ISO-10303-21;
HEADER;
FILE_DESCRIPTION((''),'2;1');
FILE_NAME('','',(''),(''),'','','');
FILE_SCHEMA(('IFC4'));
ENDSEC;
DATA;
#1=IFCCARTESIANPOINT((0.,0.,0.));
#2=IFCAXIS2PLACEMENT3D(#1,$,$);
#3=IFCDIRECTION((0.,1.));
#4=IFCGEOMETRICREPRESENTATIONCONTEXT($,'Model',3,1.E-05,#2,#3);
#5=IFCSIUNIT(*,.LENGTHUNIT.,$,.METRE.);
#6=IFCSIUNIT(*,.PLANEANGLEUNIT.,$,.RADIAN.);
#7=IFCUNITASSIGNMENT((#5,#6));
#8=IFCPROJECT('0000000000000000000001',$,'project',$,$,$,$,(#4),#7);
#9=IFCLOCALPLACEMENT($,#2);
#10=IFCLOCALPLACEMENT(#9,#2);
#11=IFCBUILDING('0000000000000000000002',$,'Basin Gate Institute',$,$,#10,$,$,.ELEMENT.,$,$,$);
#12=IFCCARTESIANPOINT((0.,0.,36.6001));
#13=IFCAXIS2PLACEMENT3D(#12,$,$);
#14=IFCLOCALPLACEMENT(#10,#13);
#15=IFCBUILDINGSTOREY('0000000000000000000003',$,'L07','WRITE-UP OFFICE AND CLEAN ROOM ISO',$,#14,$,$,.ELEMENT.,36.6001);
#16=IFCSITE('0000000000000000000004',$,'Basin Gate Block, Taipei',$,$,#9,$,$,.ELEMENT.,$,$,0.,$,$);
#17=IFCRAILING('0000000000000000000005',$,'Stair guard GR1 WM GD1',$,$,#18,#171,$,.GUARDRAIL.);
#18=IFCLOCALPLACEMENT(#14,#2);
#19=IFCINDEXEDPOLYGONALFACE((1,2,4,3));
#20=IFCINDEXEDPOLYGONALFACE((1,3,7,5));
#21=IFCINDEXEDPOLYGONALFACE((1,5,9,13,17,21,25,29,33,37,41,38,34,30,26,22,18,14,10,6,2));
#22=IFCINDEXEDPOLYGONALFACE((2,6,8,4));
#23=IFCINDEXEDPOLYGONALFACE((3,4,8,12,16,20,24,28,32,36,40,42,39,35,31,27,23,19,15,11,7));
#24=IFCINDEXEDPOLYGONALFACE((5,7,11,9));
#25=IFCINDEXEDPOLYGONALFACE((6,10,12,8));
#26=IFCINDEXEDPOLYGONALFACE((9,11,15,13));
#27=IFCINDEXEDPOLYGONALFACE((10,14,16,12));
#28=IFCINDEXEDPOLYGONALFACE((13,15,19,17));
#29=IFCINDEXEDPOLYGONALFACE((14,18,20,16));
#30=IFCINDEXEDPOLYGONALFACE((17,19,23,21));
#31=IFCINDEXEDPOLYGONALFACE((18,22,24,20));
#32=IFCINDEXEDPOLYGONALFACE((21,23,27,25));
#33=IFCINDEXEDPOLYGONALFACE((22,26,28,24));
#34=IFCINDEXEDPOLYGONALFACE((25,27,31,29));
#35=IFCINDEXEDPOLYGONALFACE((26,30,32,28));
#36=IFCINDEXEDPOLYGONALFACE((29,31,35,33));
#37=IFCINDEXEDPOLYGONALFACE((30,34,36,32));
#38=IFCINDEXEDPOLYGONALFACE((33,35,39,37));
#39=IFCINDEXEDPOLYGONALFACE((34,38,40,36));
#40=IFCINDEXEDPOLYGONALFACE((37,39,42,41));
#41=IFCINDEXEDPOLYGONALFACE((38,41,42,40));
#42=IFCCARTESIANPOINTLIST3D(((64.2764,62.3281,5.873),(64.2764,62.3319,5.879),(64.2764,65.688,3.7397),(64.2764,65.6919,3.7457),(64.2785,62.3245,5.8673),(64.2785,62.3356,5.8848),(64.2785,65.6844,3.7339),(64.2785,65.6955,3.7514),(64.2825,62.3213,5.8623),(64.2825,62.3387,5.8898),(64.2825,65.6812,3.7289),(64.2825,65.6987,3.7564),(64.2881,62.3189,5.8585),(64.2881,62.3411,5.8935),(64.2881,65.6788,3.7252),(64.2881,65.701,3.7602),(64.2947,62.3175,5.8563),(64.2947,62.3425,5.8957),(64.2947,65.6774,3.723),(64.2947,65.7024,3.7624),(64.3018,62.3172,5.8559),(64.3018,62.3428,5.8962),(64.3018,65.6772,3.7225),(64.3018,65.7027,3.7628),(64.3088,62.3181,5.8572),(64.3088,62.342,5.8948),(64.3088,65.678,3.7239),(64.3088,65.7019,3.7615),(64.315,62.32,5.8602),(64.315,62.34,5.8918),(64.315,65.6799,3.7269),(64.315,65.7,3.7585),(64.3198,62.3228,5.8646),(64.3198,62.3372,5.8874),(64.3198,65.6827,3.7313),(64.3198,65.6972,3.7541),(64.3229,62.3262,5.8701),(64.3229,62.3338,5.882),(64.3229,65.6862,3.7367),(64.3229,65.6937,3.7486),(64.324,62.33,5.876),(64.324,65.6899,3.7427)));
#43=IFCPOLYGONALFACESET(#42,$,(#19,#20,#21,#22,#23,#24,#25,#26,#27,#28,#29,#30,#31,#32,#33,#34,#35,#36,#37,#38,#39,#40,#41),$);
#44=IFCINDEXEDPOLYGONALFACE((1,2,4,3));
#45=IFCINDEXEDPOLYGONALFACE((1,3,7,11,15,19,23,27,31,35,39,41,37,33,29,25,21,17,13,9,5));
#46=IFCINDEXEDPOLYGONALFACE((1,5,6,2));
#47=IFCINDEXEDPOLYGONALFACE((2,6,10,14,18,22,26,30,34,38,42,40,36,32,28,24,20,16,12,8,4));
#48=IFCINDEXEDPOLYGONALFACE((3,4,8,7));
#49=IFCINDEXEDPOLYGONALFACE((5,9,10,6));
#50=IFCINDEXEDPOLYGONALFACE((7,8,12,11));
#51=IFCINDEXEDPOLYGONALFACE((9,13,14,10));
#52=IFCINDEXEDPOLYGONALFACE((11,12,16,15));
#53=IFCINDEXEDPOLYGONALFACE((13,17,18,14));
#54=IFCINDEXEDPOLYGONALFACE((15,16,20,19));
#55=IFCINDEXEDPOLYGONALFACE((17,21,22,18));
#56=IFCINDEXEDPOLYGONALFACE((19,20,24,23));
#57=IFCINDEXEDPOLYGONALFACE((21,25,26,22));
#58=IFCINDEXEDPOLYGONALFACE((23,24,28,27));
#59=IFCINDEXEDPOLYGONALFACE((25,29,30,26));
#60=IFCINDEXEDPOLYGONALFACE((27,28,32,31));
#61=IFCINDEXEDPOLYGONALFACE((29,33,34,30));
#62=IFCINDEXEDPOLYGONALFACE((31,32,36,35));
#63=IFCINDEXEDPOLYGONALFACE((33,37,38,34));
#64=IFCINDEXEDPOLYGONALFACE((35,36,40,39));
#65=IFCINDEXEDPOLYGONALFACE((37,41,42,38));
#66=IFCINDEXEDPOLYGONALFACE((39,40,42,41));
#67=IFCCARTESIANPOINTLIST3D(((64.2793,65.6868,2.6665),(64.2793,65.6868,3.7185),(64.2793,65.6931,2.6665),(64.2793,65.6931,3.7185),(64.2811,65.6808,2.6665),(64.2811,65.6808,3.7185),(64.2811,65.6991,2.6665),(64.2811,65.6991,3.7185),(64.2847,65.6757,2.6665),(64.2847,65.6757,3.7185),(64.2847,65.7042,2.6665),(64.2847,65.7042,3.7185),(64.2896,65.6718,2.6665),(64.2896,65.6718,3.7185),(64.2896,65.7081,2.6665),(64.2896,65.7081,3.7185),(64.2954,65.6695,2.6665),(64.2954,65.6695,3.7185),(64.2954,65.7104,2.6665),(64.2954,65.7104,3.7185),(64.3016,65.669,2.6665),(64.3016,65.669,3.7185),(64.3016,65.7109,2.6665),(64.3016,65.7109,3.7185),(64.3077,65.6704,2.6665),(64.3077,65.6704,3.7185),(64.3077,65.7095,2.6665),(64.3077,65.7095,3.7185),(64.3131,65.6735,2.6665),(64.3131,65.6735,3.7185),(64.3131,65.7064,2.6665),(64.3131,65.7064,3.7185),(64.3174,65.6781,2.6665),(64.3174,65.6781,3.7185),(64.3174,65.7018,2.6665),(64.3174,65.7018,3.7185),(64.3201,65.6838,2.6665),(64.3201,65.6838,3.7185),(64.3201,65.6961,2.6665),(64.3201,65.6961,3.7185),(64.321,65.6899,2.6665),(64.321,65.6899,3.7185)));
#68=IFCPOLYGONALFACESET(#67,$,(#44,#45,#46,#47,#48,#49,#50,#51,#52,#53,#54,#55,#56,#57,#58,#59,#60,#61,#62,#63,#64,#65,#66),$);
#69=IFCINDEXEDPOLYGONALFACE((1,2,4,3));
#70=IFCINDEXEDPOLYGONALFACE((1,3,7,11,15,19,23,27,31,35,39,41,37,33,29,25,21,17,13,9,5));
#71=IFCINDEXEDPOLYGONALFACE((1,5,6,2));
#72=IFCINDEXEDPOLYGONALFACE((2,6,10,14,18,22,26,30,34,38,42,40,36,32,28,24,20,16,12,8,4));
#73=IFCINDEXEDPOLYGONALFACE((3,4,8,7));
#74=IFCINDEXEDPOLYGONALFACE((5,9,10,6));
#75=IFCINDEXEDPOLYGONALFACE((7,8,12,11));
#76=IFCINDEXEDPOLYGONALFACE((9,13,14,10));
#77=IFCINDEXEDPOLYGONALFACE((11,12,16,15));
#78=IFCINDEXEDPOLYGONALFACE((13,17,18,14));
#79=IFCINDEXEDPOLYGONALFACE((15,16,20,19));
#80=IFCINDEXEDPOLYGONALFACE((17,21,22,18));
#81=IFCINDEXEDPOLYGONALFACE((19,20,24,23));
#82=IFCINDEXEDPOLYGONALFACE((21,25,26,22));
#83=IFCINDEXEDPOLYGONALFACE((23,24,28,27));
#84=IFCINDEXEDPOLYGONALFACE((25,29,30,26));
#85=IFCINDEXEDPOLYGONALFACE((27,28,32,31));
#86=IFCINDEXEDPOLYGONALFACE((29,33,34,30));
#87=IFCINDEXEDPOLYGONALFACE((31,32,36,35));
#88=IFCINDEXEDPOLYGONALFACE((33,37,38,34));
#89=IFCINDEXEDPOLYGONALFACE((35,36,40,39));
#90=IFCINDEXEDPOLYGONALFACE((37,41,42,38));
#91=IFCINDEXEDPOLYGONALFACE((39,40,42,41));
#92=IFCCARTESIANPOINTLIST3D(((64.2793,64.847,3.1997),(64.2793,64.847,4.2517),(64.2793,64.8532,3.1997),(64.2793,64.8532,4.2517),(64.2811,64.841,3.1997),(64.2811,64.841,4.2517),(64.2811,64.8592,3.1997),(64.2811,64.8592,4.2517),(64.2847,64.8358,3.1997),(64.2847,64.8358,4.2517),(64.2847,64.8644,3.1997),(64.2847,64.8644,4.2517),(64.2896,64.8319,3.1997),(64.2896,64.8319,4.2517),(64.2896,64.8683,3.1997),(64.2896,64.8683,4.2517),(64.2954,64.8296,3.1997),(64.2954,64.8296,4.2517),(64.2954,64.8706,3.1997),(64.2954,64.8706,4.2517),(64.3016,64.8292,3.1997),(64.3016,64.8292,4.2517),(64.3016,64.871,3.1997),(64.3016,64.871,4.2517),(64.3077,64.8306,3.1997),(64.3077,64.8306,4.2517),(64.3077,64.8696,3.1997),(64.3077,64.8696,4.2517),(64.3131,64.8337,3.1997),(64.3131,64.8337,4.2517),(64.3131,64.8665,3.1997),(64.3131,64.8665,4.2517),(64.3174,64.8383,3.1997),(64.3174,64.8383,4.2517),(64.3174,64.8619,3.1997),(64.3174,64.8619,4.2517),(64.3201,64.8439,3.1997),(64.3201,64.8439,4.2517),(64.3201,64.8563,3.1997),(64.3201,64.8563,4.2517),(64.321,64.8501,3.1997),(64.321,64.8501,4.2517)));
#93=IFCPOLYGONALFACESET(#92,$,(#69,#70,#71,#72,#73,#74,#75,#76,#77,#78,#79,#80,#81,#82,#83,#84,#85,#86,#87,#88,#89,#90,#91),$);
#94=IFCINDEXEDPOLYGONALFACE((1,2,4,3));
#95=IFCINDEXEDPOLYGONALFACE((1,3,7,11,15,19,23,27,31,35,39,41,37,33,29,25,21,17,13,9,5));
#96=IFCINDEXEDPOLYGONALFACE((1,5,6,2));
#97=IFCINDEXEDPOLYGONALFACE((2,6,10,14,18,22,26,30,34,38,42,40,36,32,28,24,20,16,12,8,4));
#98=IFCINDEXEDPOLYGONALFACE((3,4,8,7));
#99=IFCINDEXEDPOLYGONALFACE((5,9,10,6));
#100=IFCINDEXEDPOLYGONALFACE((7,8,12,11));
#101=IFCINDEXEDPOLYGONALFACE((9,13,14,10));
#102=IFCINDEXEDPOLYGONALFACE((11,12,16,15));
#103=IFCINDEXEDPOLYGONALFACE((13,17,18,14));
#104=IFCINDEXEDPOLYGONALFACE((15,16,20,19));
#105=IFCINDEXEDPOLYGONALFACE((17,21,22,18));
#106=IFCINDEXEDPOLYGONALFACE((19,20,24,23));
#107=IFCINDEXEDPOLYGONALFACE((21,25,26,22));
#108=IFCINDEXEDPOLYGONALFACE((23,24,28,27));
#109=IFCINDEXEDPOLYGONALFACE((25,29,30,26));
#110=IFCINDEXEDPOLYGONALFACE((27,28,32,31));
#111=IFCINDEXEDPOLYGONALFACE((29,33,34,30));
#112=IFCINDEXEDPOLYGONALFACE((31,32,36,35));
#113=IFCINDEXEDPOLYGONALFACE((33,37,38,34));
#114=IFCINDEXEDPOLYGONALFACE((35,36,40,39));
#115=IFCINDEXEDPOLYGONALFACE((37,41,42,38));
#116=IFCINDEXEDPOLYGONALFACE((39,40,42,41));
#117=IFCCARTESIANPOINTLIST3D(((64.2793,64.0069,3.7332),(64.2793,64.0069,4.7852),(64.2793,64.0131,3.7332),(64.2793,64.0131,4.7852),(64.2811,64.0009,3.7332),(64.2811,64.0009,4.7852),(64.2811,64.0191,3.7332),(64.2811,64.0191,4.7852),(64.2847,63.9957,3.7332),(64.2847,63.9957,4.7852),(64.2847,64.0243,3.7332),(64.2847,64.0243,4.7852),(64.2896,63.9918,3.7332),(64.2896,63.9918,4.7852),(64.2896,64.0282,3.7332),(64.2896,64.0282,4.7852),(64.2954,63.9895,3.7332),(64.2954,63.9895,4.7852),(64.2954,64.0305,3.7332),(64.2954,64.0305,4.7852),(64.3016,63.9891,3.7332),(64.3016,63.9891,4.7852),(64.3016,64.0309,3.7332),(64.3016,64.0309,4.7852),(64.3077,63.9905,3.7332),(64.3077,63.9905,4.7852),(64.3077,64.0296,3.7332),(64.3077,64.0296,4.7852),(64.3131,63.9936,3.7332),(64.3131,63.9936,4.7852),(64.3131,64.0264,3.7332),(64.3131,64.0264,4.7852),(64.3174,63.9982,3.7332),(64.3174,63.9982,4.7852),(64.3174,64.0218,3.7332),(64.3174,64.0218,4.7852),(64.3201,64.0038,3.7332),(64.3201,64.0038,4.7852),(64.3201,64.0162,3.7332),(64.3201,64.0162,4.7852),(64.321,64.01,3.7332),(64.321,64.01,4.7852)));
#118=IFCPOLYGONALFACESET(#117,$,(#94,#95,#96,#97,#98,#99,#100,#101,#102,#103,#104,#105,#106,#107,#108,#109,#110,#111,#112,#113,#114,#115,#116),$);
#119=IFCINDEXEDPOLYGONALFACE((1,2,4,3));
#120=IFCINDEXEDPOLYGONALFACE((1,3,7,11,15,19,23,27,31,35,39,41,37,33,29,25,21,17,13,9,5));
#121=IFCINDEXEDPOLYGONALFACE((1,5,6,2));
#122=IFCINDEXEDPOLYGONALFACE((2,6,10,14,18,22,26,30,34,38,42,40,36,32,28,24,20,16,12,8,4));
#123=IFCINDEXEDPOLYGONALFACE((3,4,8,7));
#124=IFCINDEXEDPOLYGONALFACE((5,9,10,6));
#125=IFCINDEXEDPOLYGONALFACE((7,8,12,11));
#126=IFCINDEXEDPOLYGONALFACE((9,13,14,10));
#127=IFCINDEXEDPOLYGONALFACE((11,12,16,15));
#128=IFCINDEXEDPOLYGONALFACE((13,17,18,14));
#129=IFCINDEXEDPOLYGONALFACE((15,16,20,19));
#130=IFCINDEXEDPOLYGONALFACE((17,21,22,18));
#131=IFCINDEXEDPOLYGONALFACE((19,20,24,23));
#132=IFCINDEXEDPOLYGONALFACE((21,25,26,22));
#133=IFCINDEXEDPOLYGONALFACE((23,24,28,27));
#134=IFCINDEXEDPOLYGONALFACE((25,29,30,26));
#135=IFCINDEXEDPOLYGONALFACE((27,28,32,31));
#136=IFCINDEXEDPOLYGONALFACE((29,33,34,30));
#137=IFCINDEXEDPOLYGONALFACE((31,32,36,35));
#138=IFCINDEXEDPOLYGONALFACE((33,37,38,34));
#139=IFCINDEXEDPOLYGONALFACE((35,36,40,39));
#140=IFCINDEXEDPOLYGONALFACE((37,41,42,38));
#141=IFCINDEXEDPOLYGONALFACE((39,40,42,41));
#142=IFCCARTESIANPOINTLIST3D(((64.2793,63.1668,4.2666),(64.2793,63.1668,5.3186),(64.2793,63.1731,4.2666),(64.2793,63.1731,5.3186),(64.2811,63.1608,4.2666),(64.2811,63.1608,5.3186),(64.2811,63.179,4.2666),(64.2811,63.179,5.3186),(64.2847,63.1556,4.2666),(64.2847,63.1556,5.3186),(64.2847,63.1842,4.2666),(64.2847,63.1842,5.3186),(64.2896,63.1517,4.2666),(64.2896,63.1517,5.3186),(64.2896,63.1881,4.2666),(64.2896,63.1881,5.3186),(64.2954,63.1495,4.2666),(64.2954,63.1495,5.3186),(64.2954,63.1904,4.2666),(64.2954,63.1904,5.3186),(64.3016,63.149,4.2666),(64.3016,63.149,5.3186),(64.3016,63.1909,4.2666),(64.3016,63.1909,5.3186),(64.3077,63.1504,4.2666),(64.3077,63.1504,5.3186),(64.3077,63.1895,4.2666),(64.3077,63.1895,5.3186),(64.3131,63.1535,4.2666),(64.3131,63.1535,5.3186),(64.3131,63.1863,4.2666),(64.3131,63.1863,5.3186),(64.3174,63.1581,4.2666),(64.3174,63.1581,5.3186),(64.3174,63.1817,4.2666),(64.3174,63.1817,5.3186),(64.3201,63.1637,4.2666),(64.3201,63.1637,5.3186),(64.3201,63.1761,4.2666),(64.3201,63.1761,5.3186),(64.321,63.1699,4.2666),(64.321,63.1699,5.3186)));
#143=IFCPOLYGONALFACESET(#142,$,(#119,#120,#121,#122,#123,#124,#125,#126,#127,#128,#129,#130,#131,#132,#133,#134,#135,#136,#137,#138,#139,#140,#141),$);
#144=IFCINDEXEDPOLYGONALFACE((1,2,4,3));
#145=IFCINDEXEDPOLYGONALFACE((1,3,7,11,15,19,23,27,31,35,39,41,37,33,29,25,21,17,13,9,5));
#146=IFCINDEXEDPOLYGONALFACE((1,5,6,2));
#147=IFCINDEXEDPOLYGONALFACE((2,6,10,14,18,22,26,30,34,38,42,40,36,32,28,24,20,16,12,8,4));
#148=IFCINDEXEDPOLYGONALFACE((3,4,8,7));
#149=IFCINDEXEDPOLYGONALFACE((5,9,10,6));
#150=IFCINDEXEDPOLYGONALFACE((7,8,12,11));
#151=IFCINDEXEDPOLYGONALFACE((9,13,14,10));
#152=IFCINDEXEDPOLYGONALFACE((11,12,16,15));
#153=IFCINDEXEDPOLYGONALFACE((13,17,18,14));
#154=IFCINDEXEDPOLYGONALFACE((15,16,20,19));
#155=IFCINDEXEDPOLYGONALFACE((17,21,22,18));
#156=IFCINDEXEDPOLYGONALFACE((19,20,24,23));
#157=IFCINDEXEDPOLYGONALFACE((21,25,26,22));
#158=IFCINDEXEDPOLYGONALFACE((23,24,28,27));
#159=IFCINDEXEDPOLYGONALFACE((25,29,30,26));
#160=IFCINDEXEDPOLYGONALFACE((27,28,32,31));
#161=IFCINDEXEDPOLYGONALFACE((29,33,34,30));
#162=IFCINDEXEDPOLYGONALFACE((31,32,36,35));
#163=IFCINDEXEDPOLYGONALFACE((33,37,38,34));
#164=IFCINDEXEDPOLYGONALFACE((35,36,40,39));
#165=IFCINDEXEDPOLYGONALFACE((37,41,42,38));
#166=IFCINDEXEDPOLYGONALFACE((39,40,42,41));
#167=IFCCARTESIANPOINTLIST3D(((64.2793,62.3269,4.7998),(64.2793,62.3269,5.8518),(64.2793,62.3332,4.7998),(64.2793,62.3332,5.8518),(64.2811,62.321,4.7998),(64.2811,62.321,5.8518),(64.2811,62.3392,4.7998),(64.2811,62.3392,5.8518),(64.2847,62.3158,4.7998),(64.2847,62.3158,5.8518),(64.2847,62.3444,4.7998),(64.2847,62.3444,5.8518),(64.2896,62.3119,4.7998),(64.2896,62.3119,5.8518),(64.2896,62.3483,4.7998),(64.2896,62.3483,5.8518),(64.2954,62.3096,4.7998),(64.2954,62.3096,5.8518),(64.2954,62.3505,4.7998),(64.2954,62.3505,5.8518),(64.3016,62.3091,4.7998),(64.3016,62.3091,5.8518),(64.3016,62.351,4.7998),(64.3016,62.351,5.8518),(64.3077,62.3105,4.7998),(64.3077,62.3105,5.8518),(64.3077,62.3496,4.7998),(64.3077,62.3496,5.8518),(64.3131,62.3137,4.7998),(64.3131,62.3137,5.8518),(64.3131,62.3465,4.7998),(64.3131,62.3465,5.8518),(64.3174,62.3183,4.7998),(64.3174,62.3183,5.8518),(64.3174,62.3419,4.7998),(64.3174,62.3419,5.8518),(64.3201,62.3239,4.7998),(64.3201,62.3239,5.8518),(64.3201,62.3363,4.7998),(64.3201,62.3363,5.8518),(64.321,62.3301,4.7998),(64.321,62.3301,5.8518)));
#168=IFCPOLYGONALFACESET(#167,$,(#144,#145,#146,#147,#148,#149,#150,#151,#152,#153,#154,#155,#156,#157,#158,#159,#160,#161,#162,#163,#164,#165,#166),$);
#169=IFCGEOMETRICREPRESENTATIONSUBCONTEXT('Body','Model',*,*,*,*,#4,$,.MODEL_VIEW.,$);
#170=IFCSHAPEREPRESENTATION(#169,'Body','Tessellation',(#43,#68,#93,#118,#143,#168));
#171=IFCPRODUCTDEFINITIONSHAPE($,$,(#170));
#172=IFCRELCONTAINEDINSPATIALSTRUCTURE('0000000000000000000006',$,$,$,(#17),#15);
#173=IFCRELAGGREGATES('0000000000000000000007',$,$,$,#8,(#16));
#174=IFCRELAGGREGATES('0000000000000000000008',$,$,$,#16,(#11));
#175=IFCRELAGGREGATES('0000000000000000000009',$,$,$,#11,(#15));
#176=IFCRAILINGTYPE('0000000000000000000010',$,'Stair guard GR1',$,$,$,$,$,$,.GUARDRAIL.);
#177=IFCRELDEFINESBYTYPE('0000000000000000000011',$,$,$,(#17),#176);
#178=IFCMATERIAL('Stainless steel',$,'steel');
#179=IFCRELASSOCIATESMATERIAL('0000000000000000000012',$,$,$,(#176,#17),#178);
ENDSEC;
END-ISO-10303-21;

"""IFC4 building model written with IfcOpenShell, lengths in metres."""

from ifc_helpers import new_model, si_unit, direction, frame, origin, origin_2d, place, context, subcontext, project, spatial, circle, extrude, material, type_object, element, save


model = new_model("IFC4")

# Units and contexts
model_context = context("Model", 3, precision=1e-05, world=origin(), true_north=direction((0.0, 1.0)))
body_context = subcontext(model_context, "Body", "Model", "MODEL_VIEW")
ifc_project = project(units=[si_unit("LENGTHUNIT", "METRE"), si_unit("PLANEANGLEUNIT", "RADIAN")], contexts=[model_context])

# Site, building, storey
site_placement = place(None, origin())
site = spatial("IfcSite", under=ifc_project, at=site_placement, Name="Basin Gate Block, Taipei", CompositionType="ELEMENT", RefElevation=0.0)
building_placement = place(site_placement, origin())
building = spatial("IfcBuilding", under=site, at=building_placement, Name="Basin Gate Institute", CompositionType="ELEMENT")
storey_placement = place(building_placement, frame((0.0, 0.0, 36.6001)))
storey = spatial("IfcBuildingStorey", under=building, at=storey_placement, Name="L07", Description="WRITE-UP OFFICE AND CLEAN ROOM ISO", CompositionType="ELEMENT", Elevation=36.6001)

# Railing
ifc_material_1 = material(Name="Stainless steel", Category="steel")
railing_type_1 = type_object("IfcRailingType", Name="Stair guard GR1", PredefinedType="GUARDRAIL", material=ifc_material_1)
railing_1_placement = place(storey_placement, frame((64.3, 65.6899, 2.6665)))
element("IfcRailing", 1, at=railing_1_placement, inside=storey, type_object=railing_type_1, material=ifc_material_1, Name="Stair guard GR1 WM GD1", PredefinedType="GUARDRAIL", context=body_context, shape_type="SweptSolid", body=[
    extrude(circle(Radius=0.0239, at=origin_2d()), frame((0.0, 0.0, 1.0762), z_axis=(0.0, -0.844207, 0.536018), x_axis=(1.0, 0.0, 0.0)), (0.0, 0.0, 1.0), 3.98),
    extrude(circle(Radius=0.021, at=origin_2d()), origin(), (0.0, 0.0, 1.0), 1.052),
    extrude(circle(Radius=0.021, at=origin_2d()), frame((0.0, -0.8398, 0.5332)), (0.0, 0.0, 1.0), 1.052),
    extrude(circle(Radius=0.021, at=origin_2d()), frame((0.0, -1.6799, 1.0667)), (0.0, 0.0, 1.0), 1.052),
    extrude(circle(Radius=0.021, at=origin_2d()), frame((0.0, -2.52, 1.6001)), (0.0, 0.0, 1.0), 1.052),
    extrude(circle(Radius=0.021, at=origin_2d()), frame((0.0, -3.3599, 2.1333)), (0.0, 0.0, 1.0), 1.052),
])

save(model, "model.ifc")
